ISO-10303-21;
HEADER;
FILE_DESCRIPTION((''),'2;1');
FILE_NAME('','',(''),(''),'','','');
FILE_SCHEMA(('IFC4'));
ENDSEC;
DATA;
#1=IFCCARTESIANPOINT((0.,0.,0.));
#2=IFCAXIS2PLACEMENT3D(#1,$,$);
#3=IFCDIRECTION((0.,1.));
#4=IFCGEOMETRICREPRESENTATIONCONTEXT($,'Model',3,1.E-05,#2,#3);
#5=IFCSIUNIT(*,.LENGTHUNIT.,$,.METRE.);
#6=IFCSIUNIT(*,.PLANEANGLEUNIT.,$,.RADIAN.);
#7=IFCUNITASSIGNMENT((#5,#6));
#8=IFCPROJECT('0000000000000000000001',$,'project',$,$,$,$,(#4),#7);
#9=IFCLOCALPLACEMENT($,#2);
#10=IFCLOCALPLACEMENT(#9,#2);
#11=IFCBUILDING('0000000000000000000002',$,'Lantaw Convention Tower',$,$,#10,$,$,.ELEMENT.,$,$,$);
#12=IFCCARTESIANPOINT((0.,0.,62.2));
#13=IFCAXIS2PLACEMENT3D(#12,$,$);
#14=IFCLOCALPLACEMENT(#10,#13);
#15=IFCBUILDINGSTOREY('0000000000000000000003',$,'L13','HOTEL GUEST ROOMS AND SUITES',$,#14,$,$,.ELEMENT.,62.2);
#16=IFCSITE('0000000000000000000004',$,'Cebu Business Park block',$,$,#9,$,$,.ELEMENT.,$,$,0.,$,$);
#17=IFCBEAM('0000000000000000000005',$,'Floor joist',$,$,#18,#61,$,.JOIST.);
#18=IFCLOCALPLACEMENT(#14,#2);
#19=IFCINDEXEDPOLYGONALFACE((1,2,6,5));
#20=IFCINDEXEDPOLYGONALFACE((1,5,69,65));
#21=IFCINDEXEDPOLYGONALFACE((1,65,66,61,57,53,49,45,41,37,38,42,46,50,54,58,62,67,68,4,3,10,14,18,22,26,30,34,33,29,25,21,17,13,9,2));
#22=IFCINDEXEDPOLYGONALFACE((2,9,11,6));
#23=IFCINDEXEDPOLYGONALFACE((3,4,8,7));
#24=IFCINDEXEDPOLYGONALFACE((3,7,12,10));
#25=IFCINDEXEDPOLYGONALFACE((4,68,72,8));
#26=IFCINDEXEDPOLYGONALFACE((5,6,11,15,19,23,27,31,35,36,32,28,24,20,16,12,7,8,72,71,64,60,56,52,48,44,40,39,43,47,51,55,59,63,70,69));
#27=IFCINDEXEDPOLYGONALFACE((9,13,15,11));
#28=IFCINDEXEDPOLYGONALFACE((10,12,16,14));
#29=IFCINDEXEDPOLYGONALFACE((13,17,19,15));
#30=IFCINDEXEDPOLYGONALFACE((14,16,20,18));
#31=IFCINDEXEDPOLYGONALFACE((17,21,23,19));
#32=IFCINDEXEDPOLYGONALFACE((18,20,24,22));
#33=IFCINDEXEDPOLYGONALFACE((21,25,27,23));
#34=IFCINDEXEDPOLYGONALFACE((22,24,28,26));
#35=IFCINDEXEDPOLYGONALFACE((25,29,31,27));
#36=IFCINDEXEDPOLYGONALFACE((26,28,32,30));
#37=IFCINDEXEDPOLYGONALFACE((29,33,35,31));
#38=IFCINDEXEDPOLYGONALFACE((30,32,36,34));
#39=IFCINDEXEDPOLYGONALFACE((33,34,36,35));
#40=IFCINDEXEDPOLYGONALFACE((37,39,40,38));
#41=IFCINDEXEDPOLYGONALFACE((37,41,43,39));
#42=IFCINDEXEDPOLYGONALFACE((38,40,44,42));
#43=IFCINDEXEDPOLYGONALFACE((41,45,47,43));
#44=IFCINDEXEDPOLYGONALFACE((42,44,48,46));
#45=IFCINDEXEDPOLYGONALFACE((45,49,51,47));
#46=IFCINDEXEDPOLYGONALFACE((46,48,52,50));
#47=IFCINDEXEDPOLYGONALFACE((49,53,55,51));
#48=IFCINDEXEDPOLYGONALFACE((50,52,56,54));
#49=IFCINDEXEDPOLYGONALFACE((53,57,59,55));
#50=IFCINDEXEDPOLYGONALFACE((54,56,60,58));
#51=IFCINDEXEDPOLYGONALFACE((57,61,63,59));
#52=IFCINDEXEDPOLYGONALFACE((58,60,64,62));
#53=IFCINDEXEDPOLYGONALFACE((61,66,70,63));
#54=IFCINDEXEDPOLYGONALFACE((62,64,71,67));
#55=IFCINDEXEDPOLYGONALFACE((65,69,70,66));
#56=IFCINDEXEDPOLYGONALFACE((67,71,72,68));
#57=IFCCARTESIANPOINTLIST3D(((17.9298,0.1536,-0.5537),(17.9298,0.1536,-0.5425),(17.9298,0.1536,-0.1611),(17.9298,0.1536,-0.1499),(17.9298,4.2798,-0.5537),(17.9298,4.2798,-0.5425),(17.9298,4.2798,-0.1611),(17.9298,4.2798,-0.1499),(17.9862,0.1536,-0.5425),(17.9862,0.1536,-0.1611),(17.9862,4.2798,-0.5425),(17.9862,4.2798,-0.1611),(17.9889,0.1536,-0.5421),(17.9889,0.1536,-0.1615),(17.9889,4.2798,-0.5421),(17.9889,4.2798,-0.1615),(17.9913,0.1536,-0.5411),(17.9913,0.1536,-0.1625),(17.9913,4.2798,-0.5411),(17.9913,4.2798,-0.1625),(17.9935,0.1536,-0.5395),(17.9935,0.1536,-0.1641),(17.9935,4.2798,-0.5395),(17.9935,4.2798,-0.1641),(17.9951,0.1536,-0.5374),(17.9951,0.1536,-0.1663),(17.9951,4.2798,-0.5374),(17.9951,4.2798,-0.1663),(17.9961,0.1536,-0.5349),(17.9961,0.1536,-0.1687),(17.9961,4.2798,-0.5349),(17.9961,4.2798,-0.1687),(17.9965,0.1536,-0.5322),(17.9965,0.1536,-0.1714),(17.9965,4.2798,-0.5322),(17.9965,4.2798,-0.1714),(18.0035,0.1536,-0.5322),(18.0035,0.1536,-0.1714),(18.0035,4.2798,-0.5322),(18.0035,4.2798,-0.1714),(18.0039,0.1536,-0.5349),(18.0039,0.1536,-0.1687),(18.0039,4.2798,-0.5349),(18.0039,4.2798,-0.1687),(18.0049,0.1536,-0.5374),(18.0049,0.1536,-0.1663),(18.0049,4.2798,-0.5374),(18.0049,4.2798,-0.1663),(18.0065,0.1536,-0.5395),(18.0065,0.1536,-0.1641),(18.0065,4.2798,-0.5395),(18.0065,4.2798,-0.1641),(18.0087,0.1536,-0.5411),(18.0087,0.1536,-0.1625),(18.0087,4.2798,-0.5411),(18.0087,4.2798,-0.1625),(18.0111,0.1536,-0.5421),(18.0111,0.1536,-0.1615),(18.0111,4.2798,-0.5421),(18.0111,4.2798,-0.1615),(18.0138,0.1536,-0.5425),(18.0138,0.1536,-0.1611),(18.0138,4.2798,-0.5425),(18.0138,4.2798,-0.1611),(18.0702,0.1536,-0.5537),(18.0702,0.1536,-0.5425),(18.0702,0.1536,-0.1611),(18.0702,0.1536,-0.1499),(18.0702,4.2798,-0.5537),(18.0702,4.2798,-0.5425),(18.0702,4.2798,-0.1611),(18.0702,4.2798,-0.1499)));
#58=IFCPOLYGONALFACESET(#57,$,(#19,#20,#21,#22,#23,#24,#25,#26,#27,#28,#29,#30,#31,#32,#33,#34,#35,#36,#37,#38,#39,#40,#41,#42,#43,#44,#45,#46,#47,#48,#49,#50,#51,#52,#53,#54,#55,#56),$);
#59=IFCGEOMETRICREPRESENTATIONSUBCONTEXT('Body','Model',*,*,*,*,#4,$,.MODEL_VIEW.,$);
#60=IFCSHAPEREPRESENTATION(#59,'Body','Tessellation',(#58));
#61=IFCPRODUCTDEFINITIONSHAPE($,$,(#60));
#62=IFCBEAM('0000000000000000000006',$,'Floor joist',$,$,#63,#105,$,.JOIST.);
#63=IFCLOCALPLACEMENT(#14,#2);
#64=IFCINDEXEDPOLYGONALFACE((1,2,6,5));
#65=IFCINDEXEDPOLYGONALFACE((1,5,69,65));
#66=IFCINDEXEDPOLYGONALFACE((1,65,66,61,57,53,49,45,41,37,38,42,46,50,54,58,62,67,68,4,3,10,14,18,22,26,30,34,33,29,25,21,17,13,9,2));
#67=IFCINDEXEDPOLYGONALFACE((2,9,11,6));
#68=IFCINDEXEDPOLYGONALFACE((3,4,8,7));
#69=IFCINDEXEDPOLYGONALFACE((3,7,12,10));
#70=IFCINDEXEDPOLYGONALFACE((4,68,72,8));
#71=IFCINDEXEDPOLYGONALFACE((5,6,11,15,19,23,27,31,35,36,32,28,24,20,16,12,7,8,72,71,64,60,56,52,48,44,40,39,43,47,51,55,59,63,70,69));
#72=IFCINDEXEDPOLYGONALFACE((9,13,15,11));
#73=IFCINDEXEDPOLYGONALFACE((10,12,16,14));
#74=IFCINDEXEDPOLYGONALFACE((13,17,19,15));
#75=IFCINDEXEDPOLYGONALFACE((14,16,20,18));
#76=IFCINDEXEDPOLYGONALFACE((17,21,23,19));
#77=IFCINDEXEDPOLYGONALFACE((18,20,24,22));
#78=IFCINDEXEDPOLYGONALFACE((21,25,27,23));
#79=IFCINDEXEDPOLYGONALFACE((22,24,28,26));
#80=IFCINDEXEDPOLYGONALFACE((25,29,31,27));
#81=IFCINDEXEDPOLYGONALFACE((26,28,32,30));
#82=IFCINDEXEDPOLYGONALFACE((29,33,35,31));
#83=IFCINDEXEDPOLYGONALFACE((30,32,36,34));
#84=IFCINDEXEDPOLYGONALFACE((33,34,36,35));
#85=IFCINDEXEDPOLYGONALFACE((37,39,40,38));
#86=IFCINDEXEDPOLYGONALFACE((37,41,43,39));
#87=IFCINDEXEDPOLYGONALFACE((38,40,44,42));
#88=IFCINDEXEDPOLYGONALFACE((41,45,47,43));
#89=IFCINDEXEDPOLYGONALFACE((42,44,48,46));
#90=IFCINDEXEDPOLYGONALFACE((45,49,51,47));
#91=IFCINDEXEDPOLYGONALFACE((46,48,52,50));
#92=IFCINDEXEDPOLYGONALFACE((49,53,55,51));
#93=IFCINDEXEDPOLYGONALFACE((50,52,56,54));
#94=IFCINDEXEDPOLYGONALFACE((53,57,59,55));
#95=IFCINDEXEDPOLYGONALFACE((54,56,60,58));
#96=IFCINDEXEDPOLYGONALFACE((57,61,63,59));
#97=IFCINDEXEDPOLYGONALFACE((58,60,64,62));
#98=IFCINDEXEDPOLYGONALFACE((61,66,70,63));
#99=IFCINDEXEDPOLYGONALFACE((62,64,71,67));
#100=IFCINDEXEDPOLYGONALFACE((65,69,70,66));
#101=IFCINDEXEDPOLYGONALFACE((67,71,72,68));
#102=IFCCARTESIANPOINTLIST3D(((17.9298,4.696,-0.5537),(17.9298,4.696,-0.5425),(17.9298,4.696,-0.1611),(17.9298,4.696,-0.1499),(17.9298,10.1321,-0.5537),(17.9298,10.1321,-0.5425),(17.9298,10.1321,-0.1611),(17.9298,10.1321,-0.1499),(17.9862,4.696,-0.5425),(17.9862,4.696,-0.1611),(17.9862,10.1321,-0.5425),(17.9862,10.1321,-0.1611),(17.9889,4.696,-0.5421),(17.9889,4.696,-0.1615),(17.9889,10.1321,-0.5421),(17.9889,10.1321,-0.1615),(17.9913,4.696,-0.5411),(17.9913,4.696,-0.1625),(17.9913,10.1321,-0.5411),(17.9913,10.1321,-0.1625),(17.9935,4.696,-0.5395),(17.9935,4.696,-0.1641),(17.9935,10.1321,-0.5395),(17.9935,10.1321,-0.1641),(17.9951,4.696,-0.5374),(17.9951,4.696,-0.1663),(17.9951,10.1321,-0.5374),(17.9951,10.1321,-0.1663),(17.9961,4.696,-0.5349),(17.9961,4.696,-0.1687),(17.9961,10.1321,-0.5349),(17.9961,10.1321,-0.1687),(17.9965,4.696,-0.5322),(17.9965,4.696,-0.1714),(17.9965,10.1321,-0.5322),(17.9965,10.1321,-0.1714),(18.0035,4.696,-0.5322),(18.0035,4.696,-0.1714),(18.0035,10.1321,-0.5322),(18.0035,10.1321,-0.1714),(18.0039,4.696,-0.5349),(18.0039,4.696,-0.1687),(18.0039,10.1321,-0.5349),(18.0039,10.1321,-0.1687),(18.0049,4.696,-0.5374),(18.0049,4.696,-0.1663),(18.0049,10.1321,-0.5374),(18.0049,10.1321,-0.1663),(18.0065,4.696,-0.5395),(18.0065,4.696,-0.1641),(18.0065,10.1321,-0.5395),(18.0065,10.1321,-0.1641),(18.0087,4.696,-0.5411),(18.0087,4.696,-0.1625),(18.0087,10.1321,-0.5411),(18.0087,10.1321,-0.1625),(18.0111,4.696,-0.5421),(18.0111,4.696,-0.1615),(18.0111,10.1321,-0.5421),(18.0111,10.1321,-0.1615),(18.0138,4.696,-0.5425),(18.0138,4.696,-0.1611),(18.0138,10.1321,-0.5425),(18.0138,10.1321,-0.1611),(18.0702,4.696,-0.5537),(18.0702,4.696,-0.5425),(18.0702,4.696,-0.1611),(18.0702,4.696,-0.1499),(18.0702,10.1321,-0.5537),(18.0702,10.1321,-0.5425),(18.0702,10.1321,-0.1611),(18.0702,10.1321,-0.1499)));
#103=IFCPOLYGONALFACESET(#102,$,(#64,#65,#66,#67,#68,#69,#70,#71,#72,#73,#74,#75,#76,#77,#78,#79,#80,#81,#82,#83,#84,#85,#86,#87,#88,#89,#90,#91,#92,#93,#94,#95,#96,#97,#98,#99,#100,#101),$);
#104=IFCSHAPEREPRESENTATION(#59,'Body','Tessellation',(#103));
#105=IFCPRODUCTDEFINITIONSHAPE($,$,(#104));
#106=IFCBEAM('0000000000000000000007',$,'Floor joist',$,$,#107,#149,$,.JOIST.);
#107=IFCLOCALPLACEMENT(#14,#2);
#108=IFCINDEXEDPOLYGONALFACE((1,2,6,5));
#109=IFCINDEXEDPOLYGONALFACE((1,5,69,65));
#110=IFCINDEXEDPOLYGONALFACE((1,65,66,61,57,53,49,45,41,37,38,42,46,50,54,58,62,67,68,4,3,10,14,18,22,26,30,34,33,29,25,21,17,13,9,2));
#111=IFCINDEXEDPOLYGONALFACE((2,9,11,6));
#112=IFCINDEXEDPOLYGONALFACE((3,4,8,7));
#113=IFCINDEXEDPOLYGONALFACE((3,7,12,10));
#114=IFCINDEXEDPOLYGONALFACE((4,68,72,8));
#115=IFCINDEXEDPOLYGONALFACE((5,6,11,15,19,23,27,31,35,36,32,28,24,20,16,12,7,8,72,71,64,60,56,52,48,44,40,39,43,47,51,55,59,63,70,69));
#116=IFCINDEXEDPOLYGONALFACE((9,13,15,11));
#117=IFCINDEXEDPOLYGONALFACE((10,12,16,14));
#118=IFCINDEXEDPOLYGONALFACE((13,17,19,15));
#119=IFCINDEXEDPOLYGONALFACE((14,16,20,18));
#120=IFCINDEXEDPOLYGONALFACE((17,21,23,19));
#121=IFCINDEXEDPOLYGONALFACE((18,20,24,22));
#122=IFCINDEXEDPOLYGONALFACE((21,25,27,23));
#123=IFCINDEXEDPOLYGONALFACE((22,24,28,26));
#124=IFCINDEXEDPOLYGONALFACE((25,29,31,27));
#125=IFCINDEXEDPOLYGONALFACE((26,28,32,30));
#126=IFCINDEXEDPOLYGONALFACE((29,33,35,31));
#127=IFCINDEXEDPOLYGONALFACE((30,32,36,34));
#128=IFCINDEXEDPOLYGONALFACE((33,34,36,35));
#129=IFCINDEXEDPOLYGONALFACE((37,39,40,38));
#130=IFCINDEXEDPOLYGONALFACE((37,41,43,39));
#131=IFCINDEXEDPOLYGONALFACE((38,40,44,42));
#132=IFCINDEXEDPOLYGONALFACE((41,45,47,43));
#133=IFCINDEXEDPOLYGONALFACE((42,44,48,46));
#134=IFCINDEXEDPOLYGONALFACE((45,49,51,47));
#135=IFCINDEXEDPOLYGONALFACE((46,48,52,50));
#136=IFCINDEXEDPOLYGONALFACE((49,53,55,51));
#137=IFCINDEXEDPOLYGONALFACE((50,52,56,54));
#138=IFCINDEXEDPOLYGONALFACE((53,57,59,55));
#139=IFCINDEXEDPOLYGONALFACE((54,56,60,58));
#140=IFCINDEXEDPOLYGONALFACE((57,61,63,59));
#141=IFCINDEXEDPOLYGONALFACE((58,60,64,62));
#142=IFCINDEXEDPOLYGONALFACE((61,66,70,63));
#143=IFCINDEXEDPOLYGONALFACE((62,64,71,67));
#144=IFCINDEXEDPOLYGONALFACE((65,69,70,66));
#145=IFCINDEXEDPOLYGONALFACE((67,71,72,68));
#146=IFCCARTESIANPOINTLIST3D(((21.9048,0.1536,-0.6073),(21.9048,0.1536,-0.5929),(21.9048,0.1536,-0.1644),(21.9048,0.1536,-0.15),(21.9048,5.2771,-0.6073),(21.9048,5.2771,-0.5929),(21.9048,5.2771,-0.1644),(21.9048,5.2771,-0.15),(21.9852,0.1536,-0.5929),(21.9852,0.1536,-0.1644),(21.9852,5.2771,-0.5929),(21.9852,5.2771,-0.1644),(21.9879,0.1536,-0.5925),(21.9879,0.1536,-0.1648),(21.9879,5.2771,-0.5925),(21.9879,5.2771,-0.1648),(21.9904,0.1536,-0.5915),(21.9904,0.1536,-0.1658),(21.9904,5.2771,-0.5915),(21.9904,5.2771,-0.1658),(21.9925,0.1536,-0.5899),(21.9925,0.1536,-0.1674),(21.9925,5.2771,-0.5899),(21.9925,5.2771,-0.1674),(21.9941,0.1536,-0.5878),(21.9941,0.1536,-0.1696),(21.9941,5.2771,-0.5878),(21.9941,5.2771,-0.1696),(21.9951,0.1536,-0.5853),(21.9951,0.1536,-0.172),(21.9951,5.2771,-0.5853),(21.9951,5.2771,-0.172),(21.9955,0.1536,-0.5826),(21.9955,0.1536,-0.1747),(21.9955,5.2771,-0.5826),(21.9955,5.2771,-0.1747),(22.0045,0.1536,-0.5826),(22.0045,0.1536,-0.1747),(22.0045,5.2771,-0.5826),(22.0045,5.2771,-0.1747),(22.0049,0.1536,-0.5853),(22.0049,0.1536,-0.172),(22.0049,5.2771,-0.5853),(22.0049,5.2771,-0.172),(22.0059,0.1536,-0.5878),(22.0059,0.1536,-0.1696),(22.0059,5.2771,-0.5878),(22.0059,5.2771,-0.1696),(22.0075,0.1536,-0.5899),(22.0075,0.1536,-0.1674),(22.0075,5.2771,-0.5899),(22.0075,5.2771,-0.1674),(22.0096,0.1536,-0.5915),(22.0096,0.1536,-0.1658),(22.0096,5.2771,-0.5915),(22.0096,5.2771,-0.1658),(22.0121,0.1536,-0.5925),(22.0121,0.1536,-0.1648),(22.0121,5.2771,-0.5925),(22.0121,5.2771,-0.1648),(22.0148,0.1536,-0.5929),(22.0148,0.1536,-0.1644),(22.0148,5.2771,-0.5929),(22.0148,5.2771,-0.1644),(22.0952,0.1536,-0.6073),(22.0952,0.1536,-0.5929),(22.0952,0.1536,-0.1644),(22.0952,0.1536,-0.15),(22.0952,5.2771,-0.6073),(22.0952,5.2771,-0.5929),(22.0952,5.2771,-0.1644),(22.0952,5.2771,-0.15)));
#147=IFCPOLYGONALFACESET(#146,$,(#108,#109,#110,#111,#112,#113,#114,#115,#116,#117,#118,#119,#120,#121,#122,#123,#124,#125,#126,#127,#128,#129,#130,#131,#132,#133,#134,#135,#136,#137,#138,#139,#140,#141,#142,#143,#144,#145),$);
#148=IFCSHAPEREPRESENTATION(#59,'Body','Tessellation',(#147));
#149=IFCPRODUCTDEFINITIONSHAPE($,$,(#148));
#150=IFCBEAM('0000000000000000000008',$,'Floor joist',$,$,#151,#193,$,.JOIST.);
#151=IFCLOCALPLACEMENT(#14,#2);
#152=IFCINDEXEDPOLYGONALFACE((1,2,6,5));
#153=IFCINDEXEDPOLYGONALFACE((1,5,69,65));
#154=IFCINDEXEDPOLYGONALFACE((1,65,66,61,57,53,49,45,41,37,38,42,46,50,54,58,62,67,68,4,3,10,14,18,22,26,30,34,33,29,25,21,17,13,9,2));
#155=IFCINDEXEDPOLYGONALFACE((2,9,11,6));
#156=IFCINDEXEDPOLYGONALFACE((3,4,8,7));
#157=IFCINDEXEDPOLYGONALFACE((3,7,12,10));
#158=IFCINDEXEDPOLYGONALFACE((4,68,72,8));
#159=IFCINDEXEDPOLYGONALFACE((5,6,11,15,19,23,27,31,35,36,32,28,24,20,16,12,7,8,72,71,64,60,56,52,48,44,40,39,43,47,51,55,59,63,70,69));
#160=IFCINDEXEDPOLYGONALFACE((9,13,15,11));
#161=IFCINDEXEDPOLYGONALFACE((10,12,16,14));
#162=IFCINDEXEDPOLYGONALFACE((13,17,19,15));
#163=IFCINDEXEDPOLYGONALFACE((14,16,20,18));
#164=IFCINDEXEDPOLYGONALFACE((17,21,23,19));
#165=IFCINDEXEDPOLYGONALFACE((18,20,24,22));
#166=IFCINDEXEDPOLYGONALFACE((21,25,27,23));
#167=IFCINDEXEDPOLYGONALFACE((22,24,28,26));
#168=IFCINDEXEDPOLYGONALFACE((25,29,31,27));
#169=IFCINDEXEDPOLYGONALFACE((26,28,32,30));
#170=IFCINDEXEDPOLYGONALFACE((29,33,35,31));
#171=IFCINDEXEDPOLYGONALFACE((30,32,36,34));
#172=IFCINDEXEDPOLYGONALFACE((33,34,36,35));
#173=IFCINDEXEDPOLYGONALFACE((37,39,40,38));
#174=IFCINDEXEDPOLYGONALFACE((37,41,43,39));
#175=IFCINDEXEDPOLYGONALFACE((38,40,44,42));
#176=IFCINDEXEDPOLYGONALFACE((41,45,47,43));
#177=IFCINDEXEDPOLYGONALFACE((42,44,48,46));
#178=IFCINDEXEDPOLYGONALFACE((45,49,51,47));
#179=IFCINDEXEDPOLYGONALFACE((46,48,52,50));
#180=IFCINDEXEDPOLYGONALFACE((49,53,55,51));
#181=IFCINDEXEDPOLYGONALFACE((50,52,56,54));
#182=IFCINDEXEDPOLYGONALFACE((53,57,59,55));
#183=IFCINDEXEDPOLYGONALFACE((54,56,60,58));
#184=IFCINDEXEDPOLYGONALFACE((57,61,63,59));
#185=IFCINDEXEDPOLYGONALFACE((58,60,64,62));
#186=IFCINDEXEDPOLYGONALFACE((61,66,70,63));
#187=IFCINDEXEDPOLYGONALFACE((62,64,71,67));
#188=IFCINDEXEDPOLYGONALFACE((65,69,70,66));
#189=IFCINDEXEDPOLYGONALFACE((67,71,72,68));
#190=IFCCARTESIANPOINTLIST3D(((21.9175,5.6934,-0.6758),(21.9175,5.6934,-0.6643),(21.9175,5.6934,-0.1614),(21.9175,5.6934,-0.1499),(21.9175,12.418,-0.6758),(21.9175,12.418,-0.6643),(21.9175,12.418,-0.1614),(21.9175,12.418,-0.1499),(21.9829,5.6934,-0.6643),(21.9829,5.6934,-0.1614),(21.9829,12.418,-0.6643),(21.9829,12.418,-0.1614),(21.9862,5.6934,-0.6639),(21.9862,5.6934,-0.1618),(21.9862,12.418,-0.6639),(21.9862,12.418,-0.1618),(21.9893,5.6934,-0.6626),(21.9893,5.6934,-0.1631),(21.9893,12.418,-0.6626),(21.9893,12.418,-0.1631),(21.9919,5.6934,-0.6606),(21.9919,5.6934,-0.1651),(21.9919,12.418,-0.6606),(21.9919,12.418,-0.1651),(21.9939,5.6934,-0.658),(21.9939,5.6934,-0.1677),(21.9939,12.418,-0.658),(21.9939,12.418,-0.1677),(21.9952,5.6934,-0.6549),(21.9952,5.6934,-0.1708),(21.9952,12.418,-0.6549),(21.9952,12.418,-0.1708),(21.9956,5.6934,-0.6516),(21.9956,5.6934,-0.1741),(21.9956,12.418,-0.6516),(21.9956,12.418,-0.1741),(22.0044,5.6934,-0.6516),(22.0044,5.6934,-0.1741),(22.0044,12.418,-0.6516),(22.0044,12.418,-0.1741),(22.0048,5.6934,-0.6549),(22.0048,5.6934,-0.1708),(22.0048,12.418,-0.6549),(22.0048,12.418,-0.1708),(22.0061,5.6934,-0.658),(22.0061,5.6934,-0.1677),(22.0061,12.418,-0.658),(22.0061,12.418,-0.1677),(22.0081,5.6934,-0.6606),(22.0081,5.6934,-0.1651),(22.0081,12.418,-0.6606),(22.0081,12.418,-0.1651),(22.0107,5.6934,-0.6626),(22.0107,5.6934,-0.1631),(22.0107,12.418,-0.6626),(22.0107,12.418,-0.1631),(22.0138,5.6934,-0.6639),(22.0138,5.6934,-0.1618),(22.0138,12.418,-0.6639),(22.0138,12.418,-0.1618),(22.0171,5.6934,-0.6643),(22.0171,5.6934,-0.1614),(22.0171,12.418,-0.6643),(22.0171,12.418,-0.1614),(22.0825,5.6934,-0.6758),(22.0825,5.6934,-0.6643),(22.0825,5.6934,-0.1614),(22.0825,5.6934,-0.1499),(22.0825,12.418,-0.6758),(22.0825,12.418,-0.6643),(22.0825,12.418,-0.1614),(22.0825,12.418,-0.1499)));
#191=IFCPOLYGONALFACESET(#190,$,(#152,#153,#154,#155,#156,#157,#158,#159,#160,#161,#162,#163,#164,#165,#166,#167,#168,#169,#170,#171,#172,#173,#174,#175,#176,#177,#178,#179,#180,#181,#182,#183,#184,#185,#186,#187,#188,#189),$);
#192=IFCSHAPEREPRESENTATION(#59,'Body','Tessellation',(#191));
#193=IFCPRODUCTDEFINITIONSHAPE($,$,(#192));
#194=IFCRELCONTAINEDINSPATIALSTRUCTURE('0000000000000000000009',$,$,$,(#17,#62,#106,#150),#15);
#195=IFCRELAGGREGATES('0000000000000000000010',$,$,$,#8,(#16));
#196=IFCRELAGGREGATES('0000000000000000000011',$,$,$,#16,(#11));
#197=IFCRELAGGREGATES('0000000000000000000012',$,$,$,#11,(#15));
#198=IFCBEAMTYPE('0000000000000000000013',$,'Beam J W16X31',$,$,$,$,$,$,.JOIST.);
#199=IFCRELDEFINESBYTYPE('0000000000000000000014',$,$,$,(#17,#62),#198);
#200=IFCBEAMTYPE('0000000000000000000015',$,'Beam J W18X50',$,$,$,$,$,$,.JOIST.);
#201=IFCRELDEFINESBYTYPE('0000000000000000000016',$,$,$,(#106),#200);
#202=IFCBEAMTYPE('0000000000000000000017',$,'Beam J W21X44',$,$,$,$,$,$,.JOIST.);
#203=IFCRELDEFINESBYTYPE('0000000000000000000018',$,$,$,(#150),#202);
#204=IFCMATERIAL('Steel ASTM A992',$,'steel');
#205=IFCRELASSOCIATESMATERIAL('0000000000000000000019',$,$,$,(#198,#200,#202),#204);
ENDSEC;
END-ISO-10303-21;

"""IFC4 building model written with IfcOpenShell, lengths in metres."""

from ifc_helpers import new_model, si_unit, direction, frame, origin, origin_2d, place, context, subcontext, project, spatial, i_section, extrude, material, material_profile, profile_set, type_object, element, save


model = new_model("IFC4")

# Units and contexts
model_context = context("Model", 3, precision=1e-05, world=origin(), true_north=direction((0.0, 1.0)))
body_context = subcontext(model_context, "Body", "Model", "MODEL_VIEW")
ifc_project = project(units=[si_unit("LENGTHUNIT", "METRE"), si_unit("PLANEANGLEUNIT", "RADIAN")], contexts=[model_context])

# Site, building, storey
site_placement = place(None, origin())
site = spatial("IfcSite", under=ifc_project, at=site_placement, Name="Cebu Business Park block", CompositionType="ELEMENT", RefElevation=0.0)
building_placement = place(site_placement, origin())
building = spatial("IfcBuilding", under=site, at=building_placement, Name="Lantaw Convention Tower", CompositionType="ELEMENT")
storey_placement = place(building_placement, frame((0.0, 0.0, 62.2)))
storey = spatial("IfcBuildingStorey", under=building, at=storey_placement, Name="L13", Description="HOTEL GUEST ROOMS AND SUITES", CompositionType="ELEMENT", Elevation=62.2)

# Beams
ifc_material_1 = material(Name="Steel ASTM A992", Category="steel")
ifc_material_profile_1 = material_profile(ifc_material_1, i_section(OverallWidth=0.1404, OverallDepth=0.4038, WebThickness=0.0071, FlangeThickness=0.0112, FilletRadius=0.0103, at=origin_2d()), Name="W16X31")
ifc_profile_set_1 = profile_set([ifc_material_profile_1], Name="Steel ASTM A992")
beam_type_1 = type_object("IfcBeamType", Name="Beam J W16X31", PredefinedType="JOIST", material=ifc_profile_set_1)
beam_1_placement = place(storey_placement, frame((18.0, 0.1536, -0.3518), z_axis=(0.0, 1.0, 0.0), x_axis=(-1.0, 0.0, 0.0)))
element("IfcBeam", 1, at=beam_1_placement, inside=storey, type_object=beam_type_1, Name="Floor joist", PredefinedType="JOIST", context=body_context, shape_type="SweptSolid", body=[
    extrude(i_section(OverallWidth=0.1404, OverallDepth=0.4038, WebThickness=0.0071, FlangeThickness=0.0112, FilletRadius=0.0103, at=origin_2d()), origin(), (0.0, 0.0, 1.0), 4.1262),
])
beam_2_placement = place(storey_placement, frame((18.0, 4.696, -0.3518), z_axis=(0.0, 1.0, 0.0), x_axis=(-1.0, 0.0, 0.0)))
element("IfcBeam", 2, at=beam_2_placement, inside=storey, type_object=beam_type_1, Name="Floor joist", PredefinedType="JOIST", context=body_context, shape_type="SweptSolid", body=[
    extrude(i_section(OverallWidth=0.1404, OverallDepth=0.4038, WebThickness=0.0071, FlangeThickness=0.0112, FilletRadius=0.0103, at=origin_2d()), origin(), (0.0, 0.0, 1.0), 5.436),
])
ifc_material_profile_2 = material_profile(ifc_material_1, i_section(OverallWidth=0.1904, OverallDepth=0.4573, WebThickness=0.009, FlangeThickness=0.0144, FilletRadius=0.0103, at=origin_2d()), Name="W18X50")
ifc_profile_set_2 = profile_set([ifc_material_profile_2], Name="Steel ASTM A992")
beam_type_2 = type_object("IfcBeamType", Name="Beam J W18X50", PredefinedType="JOIST", material=ifc_profile_set_2)
beam_3_placement = place(storey_placement, frame((22.0, 0.1536, -0.3787), z_axis=(0.0, 1.0, 0.0), x_axis=(-1.0, 0.0, 0.0)))
element("IfcBeam", 3, at=beam_3_placement, inside=storey, type_object=beam_type_2, Name="Floor joist", PredefinedType="JOIST", context=body_context, shape_type="SweptSolid", body=[
    extrude(i_section(OverallWidth=0.1904, OverallDepth=0.4573, WebThickness=0.009, FlangeThickness=0.0144, FilletRadius=0.0103, at=origin_2d()), origin(), (0.0, 0.0, 1.0), 5.1235),
])
ifc_material_profile_3 = material_profile(ifc_material_1, i_section(OverallWidth=0.165, OverallDepth=0.5259, WebThickness=0.0088, FlangeThickness=0.0115, FilletRadius=0.0127, at=origin_2d()), Name="W21X44")
ifc_profile_set_3 = profile_set([ifc_material_profile_3], Name="Steel ASTM A992")
beam_type_3 = type_object("IfcBeamType", Name="Beam J W21X44", PredefinedType="JOIST", material=ifc_profile_set_3)
beam_4_placement = place(storey_placement, frame((22.0, 5.6934, -0.4128), z_axis=(0.0, 1.0, 0.0), x_axis=(-1.0, 0.0, 0.0)))
element("IfcBeam", 4, at=beam_4_placement, inside=storey, type_object=beam_type_3, Name="Floor joist", PredefinedType="JOIST", context=body_context, shape_type="SweptSolid", body=[
    extrude(i_section(OverallWidth=0.165, OverallDepth=0.5259, WebThickness=0.0088, FlangeThickness=0.0115, FilletRadius=0.0127, at=origin_2d()), origin(), (0.0, 0.0, 1.0), 6.7246),
])

save(model, "model.ifc")
